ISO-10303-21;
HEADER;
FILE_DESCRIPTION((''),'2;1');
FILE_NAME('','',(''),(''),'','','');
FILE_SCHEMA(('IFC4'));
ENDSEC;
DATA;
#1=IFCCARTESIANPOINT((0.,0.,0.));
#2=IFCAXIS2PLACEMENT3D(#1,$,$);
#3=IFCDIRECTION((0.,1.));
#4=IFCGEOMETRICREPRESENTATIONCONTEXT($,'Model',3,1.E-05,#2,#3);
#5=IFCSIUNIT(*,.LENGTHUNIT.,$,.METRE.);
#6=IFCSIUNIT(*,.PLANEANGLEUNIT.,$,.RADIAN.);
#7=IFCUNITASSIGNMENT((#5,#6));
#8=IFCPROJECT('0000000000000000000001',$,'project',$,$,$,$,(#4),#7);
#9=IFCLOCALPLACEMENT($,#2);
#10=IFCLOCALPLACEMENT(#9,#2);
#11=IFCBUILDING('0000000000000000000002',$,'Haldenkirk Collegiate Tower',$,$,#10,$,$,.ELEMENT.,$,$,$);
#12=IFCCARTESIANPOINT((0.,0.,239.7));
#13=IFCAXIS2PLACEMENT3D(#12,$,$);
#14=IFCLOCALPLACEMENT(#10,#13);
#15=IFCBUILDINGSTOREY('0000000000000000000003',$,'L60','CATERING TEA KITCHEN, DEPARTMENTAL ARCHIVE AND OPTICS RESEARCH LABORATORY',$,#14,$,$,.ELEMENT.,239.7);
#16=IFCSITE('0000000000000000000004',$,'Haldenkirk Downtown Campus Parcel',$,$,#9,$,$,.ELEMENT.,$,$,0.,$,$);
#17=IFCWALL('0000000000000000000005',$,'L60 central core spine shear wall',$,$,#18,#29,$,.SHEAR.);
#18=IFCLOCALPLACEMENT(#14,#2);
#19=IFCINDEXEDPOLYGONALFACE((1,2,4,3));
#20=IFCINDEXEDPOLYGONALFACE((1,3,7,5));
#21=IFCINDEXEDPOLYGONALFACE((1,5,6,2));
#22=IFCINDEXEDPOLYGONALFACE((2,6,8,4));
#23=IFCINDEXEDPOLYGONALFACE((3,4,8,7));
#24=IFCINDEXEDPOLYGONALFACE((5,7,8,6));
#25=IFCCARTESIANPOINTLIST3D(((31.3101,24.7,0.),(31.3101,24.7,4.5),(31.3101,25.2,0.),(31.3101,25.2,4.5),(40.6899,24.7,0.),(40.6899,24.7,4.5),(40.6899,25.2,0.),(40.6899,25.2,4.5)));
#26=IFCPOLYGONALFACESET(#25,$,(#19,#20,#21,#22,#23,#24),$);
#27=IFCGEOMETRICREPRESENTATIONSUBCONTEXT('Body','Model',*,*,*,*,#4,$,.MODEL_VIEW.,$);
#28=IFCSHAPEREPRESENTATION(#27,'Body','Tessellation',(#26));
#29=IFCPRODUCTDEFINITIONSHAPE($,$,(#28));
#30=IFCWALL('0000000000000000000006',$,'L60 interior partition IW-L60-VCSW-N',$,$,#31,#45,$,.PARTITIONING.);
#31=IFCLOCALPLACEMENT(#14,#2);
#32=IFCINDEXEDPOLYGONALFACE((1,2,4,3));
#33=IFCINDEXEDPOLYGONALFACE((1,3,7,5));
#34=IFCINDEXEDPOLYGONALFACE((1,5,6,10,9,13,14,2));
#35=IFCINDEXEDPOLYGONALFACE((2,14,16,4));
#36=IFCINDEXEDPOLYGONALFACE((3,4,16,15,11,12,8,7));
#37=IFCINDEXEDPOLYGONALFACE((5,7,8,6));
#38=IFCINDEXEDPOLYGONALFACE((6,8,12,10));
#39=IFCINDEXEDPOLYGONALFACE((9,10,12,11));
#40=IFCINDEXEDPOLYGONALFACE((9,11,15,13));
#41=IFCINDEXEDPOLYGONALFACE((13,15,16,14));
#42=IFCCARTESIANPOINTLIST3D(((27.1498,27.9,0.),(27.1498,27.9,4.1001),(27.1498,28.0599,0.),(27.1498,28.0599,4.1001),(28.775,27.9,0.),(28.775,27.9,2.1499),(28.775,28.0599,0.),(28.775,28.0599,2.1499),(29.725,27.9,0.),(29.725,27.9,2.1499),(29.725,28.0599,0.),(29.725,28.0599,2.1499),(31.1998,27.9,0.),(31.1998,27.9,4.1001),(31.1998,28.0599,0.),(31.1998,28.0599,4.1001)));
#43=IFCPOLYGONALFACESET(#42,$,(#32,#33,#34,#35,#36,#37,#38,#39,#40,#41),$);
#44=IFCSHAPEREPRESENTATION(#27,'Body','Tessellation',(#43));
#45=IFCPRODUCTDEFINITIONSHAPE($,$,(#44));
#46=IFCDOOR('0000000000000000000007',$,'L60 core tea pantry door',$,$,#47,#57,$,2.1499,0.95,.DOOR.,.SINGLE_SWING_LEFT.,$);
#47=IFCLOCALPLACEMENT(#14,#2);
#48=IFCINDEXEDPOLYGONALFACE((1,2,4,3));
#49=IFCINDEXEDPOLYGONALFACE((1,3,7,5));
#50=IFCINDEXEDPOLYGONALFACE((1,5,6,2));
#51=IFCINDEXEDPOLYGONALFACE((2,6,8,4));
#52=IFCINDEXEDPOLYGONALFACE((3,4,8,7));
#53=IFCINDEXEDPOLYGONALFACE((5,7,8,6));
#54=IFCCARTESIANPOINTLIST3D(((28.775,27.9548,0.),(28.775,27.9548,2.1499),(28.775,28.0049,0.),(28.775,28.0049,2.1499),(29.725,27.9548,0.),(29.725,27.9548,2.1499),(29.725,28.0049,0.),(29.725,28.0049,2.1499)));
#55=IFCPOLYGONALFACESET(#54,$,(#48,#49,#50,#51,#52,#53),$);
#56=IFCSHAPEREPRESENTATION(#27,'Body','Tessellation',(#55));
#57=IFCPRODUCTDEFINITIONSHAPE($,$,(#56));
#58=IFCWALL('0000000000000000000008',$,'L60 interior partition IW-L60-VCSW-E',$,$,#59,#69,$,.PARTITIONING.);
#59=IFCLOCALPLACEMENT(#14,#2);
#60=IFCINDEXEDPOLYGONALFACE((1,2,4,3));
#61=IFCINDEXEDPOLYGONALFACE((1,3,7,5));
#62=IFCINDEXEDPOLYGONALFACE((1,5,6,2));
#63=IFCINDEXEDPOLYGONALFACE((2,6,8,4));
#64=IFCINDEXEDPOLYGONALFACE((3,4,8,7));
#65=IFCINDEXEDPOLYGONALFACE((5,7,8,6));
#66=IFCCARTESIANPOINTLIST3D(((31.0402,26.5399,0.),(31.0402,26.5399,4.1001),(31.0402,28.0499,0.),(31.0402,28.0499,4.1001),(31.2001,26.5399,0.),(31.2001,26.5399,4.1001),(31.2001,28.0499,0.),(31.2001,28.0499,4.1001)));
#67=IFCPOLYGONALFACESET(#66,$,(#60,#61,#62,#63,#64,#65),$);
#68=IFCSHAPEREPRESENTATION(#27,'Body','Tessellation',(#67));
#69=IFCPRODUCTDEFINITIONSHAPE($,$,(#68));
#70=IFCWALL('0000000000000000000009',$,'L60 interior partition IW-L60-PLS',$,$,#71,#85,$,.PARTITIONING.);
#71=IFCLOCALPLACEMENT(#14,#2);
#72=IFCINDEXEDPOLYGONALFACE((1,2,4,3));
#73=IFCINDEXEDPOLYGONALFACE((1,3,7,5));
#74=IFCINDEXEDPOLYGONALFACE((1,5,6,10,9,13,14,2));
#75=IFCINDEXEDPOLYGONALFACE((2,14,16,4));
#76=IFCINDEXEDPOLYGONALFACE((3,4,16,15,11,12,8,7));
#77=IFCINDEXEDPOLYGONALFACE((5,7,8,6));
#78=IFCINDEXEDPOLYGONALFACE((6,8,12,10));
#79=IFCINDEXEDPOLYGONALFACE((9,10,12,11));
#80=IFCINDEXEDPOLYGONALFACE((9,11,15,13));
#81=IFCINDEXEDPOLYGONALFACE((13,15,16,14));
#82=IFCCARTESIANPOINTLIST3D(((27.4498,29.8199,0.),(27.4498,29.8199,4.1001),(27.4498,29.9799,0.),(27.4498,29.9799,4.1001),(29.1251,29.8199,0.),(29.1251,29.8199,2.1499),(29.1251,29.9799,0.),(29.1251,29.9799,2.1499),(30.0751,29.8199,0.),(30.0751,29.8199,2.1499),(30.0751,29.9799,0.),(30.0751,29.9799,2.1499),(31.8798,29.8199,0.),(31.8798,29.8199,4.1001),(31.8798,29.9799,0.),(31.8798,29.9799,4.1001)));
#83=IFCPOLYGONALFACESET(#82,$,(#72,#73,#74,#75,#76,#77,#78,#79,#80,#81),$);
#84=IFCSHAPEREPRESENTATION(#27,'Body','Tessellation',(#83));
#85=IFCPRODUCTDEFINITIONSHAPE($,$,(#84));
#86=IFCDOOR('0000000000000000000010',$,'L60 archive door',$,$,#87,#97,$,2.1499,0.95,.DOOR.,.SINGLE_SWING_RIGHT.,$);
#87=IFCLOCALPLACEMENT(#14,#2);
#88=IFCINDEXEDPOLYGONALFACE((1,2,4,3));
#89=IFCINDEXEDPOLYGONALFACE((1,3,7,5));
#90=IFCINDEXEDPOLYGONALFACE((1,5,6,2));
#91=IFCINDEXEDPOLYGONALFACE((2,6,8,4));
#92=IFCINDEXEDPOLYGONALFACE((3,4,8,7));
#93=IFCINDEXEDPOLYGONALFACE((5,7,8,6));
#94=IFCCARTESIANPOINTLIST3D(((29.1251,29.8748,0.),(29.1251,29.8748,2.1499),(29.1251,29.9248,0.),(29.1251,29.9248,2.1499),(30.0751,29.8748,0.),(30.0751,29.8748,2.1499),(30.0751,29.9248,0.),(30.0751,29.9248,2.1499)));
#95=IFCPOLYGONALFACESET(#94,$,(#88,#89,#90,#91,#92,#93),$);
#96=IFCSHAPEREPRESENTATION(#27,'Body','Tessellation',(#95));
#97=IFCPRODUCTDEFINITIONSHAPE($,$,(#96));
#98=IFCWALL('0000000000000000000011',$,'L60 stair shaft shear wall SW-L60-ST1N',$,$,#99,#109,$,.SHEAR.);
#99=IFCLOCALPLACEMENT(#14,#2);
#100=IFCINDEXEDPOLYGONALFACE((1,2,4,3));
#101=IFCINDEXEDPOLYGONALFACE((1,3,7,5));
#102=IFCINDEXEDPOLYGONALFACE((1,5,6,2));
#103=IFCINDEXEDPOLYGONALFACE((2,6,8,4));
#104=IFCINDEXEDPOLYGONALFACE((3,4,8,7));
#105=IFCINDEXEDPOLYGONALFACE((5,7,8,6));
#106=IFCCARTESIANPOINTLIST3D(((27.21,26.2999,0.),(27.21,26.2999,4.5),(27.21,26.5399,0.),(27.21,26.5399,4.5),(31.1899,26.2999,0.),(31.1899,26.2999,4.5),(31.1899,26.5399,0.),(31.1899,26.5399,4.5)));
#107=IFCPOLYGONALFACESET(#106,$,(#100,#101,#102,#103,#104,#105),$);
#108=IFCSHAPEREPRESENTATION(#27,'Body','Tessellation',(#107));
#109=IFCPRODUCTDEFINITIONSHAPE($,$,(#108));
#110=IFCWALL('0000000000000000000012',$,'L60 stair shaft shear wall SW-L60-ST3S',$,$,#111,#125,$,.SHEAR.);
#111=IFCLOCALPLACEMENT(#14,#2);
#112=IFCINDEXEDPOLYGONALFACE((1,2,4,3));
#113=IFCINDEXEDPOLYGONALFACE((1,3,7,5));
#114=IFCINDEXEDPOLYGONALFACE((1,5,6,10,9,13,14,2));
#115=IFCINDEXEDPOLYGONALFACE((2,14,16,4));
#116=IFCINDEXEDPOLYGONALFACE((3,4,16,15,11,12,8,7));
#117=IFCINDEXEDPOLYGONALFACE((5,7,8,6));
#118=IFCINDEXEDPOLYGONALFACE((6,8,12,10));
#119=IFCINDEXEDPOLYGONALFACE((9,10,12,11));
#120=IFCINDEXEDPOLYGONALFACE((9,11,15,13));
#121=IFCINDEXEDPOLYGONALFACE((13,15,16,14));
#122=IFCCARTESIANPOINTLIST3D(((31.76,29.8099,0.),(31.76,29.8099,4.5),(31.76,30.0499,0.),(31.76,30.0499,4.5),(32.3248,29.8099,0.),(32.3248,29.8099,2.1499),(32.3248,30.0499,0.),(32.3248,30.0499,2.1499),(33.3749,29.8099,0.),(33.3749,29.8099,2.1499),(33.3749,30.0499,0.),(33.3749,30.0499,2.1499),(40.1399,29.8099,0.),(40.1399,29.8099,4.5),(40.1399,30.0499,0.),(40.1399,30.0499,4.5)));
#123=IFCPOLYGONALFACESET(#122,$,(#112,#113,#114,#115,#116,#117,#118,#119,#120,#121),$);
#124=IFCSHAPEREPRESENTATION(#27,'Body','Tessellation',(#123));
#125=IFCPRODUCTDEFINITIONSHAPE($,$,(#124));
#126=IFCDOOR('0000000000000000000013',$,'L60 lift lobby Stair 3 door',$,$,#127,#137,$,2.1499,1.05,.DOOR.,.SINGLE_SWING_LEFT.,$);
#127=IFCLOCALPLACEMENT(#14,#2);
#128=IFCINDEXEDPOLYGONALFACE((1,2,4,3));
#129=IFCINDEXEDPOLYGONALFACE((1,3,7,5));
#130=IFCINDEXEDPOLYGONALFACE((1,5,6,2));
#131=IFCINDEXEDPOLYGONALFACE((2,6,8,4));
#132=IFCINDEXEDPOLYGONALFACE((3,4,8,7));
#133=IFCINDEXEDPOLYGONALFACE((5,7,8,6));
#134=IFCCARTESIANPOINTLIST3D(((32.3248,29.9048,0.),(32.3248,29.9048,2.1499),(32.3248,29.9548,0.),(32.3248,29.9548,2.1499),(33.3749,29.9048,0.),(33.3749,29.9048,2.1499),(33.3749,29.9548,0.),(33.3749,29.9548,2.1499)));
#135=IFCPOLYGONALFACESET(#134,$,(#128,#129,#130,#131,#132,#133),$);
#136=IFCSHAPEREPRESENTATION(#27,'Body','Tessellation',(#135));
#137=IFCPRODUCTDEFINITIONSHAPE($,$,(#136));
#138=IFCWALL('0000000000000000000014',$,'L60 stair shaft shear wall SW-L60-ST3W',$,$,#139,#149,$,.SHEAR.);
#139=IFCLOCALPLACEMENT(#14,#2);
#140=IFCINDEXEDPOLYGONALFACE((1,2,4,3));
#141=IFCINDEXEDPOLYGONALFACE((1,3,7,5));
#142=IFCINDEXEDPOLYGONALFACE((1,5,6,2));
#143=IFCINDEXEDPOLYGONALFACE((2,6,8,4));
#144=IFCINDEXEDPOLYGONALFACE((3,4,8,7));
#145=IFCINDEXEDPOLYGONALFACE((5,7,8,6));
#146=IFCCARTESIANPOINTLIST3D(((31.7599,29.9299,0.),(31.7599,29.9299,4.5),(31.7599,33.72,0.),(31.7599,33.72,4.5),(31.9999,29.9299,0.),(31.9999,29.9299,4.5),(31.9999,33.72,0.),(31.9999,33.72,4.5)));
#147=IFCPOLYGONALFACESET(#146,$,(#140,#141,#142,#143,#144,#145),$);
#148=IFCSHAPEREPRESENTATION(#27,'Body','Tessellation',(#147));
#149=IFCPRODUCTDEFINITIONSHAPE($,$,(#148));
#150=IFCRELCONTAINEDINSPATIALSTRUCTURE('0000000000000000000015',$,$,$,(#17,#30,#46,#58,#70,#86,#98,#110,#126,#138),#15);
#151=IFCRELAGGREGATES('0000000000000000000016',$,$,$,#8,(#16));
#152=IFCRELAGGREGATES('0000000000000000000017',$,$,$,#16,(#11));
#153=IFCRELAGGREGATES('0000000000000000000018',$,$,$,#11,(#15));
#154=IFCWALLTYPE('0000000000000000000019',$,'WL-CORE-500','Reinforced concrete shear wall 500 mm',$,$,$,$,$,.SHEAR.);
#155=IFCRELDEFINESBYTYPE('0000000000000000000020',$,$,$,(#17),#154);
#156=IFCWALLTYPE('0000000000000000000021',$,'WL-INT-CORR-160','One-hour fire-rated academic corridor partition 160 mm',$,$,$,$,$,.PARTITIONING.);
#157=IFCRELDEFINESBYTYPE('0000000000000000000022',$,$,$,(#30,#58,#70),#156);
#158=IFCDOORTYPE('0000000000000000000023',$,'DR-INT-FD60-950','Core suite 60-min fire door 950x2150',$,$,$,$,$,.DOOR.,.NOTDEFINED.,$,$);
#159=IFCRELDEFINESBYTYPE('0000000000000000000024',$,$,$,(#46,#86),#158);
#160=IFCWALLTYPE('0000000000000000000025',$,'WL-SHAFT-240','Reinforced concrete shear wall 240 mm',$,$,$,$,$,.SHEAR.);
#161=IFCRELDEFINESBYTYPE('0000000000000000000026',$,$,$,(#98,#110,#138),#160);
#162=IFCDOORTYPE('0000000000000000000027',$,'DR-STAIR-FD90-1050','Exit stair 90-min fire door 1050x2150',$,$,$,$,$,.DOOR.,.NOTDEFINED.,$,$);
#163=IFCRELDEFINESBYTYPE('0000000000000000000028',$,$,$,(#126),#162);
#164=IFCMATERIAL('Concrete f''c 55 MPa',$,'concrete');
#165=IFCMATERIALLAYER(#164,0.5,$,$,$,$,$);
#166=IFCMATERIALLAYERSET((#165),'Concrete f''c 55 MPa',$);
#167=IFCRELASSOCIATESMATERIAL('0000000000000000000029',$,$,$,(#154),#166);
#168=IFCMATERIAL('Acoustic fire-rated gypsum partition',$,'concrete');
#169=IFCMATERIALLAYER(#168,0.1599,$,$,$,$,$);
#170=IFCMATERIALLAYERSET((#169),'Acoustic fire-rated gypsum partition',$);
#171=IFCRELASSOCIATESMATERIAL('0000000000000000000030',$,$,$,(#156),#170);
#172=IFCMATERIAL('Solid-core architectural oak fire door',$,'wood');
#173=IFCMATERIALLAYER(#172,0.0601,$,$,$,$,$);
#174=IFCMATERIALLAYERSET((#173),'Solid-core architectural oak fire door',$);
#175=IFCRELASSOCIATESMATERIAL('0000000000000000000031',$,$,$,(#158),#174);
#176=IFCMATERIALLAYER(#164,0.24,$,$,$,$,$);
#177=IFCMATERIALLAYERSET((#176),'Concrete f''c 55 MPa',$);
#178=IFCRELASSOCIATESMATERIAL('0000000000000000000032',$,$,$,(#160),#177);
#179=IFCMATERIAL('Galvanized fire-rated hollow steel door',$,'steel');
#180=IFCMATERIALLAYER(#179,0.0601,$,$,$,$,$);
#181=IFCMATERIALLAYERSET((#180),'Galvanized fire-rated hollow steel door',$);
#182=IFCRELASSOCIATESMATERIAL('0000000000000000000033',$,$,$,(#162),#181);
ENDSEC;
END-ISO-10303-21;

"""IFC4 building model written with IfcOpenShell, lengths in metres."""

from ifc_helpers import new_model, si_unit, direction, frame, frame_2d, origin, place, context, subcontext, project, spatial, rectangle, extrude, material, layer, layer_set, type_object, element, fill, save


model = new_model("IFC4")

# Units and contexts
model_context = context("Model", 3, precision=1e-05, world=origin(), true_north=direction((0.0, 1.0)))
body_context = subcontext(model_context, "Body", "Model", "MODEL_VIEW")
ifc_project = project(units=[si_unit("LENGTHUNIT", "METRE"), si_unit("PLANEANGLEUNIT", "RADIAN")], contexts=[model_context])

# Site, building, storey
site_placement = place(None, origin())
site = spatial("IfcSite", under=ifc_project, at=site_placement, Name="Haldenkirk Downtown Campus Parcel", CompositionType="ELEMENT", RefElevation=0.0)
building_placement = place(site_placement, origin())
building = spatial("IfcBuilding", under=site, at=building_placement, Name="Haldenkirk Collegiate Tower", CompositionType="ELEMENT")
storey_placement = place(building_placement, frame((0.0, 0.0, 239.7)))
storey = spatial("IfcBuildingStorey", under=building, at=storey_placement, Name="L60", Description="CATERING TEA KITCHEN, DEPARTMENTAL ARCHIVE AND OPTICS RESEARCH LABORATORY", CompositionType="ELEMENT", Elevation=239.7)

# Wall
ifc_material_1 = material(Name="Concrete f'c 55 MPa", Category="concrete")
ifc_layer_1 = layer(ifc_material_1, 0.5)
ifc_layer_set_1 = layer_set([ifc_layer_1], Name="Concrete f'c 55 MPa")
wall_type_1 = type_object("IfcWallType", Name="WL-CORE-500", Description="Reinforced concrete shear wall 500 mm", PredefinedType="SHEAR", material=ifc_layer_set_1)
wall_1_placement = place(storey_placement, frame((31.3101, 24.95, 0.0), z_axis=(0.0, 0.0, 1.0), x_axis=(1.0, 0.0, 0.0)))
element("IfcWall", 1, at=wall_1_placement, inside=storey, type_object=wall_type_1, Name="L60 central core spine shear wall", PredefinedType="SHEAR", context=body_context, shape_type="SweptSolid", body=[
    extrude(rectangle(XDim=9.3799, YDim=0.5, at=frame_2d((4.6899, 0.0))), origin(), (0.0, 0.0, 1.0), 4.5),
])

# Wall, opening, door
ifc_material_2 = material(Name="Acoustic fire-rated gypsum partition", Category="concrete")
ifc_layer_2 = layer(ifc_material_2, 0.1599)
ifc_layer_set_2 = layer_set([ifc_layer_2], Name="Acoustic fire-rated gypsum partition")
wall_type_2 = type_object("IfcWallType", Name="WL-INT-CORR-160", Description="One-hour fire-rated academic corridor partition 160 mm", PredefinedType="PARTITIONING", material=ifc_layer_set_2)
wall_2_placement = place(storey_placement, frame((27.1499, 27.98, 0.0), z_axis=(0.0, 0.0, 1.0), x_axis=(1.0, 0.0, 0.0)))
wall_2 = element("IfcWall", 2, at=wall_2_placement, inside=storey, type_object=wall_type_2, Name="L60 interior partition IW-L60-VCSW-N", PredefinedType="PARTITIONING", context=body_context, shape_type="SweptSolid", body=[
    extrude(rectangle(XDim=4.05, YDim=0.1599, at=frame_2d((2.0249, 0.0))), origin(), (0.0, 0.0, 1.0), 4.1001),
])
opening_1_placement = place(wall_2_placement, frame((1.625, 0.0, 0.0)))
opening_1 = element("IfcOpeningElement", 3, at=opening_1_placement, cuts=wall_2, PredefinedType="OPENING", context=body_context, shape_type="SweptSolid", body=[
    extrude(rectangle(XDim=0.95, YDim=2.1499, at=frame_2d((0.4751, 1.075))), frame((0.0, 0.0898, 0.0), z_axis=(0.0, -1.0, 0.0), x_axis=(1.0, 0.0, 0.0)), (0.0, 0.0, 1.0), 0.1799),
])
ifc_material_3 = material(Name="Solid-core architectural oak fire door", Category="wood")
ifc_layer_3 = layer(ifc_material_3, 0.0601)
ifc_layer_set_3 = layer_set([ifc_layer_3], Name="Solid-core architectural oak fire door")
door_type_1 = type_object("IfcDoorType", Name="DR-INT-FD60-950", Description="Core suite 60-min fire door 950x2150", OperationType="NOTDEFINED", PredefinedType="DOOR", material=ifc_layer_set_3)
door_1_placement = place(opening_1_placement, origin())
door_1 = element("IfcDoor", 4, at=door_1_placement, inside=storey, type_object=door_type_1, Name="L60 core tea pantry door", OperationType="SINGLE_SWING_LEFT", OverallHeight=2.1499, OverallWidth=0.95, PredefinedType="DOOR", context=body_context, shape_type="SweptSolid", body=[
    extrude(rectangle(XDim=0.95, YDim=2.1499, at=frame_2d((0.4751, 1.075))), frame((0.0, 0.0249, 0.0), z_axis=(0.0, -1.0, 0.0), x_axis=(1.0, 0.0, 0.0)), (0.0, 0.0, 1.0), 0.05),
])
fill(opening_1, door_1)

# Wall
wall_3_placement = place(storey_placement, frame((31.1201, 26.54, 0.0), z_axis=(0.0, 0.0, 1.0), x_axis=(0.0, 1.0, 0.0)))
element("IfcWall", 5, at=wall_3_placement, inside=storey, type_object=wall_type_2, Name="L60 interior partition IW-L60-VCSW-E", PredefinedType="PARTITIONING", context=body_context, shape_type="SweptSolid", body=[
    extrude(rectangle(XDim=1.51, YDim=0.1599, at=frame_2d((0.7549, 0.0))), origin(), (0.0, 0.0, 1.0), 4.1001),
])

# Wall, opening, door
wall_4_placement = place(storey_placement, frame((27.45, 29.8999, 0.0), z_axis=(0.0, 0.0, 1.0), x_axis=(1.0, 0.0, 0.0)))
wall_4 = element("IfcWall", 6, at=wall_4_placement, inside=storey, type_object=wall_type_2, Name="L60 interior partition IW-L60-PLS", PredefinedType="PARTITIONING", context=body_context, shape_type="SweptSolid", body=[
    extrude(rectangle(XDim=4.4299, YDim=0.1599, at=frame_2d((2.2148, 0.0))), origin(), (0.0, 0.0, 1.0), 4.1001),
])
opening_2_placement = place(wall_4_placement, frame((1.675, 0.0, 0.0)))
opening_2 = element("IfcOpeningElement", 7, at=opening_2_placement, cuts=wall_4, PredefinedType="OPENING", context=body_context, shape_type="SweptSolid", body=[
    extrude(rectangle(XDim=0.95, YDim=2.1499, at=frame_2d((0.4751, 1.075))), frame((0.0, 0.0898, 0.0), z_axis=(0.0, -1.0, 0.0), x_axis=(1.0, 0.0, 0.0)), (0.0, 0.0, 1.0), 0.1799),
])
door_2_placement = place(opening_2_placement, origin())
door_2 = element("IfcDoor", 8, at=door_2_placement, inside=storey, type_object=door_type_1, Name="L60 archive door", OperationType="SINGLE_SWING_RIGHT", OverallHeight=2.1499, OverallWidth=0.95, PredefinedType="DOOR", context=body_context, shape_type="SweptSolid", body=[
    extrude(rectangle(XDim=0.95, YDim=2.1499, at=frame_2d((0.4751, 1.075))), frame((0.0, 0.0249, 0.0), z_axis=(0.0, -1.0, 0.0), x_axis=(1.0, 0.0, 0.0)), (0.0, 0.0, 1.0), 0.05),
])
fill(opening_2, door_2)

# Shared definitions
ifc_material_4 = material(Name="Galvanized fire-rated hollow steel door", Category="steel")

# Wall
ifc_layer_4 = layer(ifc_material_1, 0.24)
ifc_layer_set_4 = layer_set([ifc_layer_4], Name="Concrete f'c 55 MPa")
wall_type_3 = type_object("IfcWallType", Name="WL-SHAFT-240", Description="Reinforced concrete shear wall 240 mm", PredefinedType="SHEAR", material=ifc_layer_set_4)
wall_5_placement = place(storey_placement, frame((27.21, 26.4199, 0.0), z_axis=(0.0, 0.0, 1.0), x_axis=(1.0, 0.0, 0.0)))
element("IfcWall", 9, at=wall_5_placement, inside=storey, type_object=wall_type_3, Name="L60 stair shaft shear wall SW-L60-ST1N", PredefinedType="SHEAR", context=body_context, shape_type="SweptSolid", body=[
    extrude(rectangle(XDim=3.98, YDim=0.24, at=frame_2d((1.99, 0.0))), origin(), (0.0, 0.0, 1.0), 4.5),
])

# Wall, opening, door
wall_6_placement = place(storey_placement, frame((31.76, 29.9299, 0.0), z_axis=(0.0, 0.0, 1.0), x_axis=(1.0, 0.0, 0.0)))
wall_6 = element("IfcWall", 10, at=wall_6_placement, inside=storey, type_object=wall_type_3, Name="L60 stair shaft shear wall SW-L60-ST3S", PredefinedType="SHEAR", context=body_context, shape_type="SweptSolid", body=[
    extrude(rectangle(XDim=8.3799, YDim=0.24, at=frame_2d((4.1899, 0.0))), origin(), (0.0, 0.0, 1.0), 4.5),
])
opening_3_placement = place(wall_6_placement, frame((0.5649, 0.0, 0.0)))
opening_3 = element("IfcOpeningElement", 11, at=opening_3_placement, cuts=wall_6, PredefinedType="OPENING", context=body_context, shape_type="SweptSolid", body=[
    extrude(rectangle(XDim=1.05, YDim=2.1499, at=frame_2d((0.5249, 1.075))), frame((0.0, 0.1299, 0.0), z_axis=(0.0, -1.0, 0.0), x_axis=(1.0, 0.0, 0.0)), (0.0, 0.0, 1.0), 0.26),
])
ifc_layer_5 = layer(ifc_material_4, 0.0601)
ifc_layer_set_5 = layer_set([ifc_layer_5], Name="Galvanized fire-rated hollow steel door")
door_type_2 = type_object("IfcDoorType", Name="DR-STAIR-FD90-1050", Description="Exit stair 90-min fire door 1050x2150", OperationType="NOTDEFINED", PredefinedType="DOOR", material=ifc_layer_set_5)
door_3_placement = place(opening_3_placement, origin())
door_3 = element("IfcDoor", 12, at=door_3_placement, inside=storey, type_object=door_type_2, Name="L60 lift lobby Stair 3 door", OperationType="SINGLE_SWING_LEFT", OverallHeight=2.1499, OverallWidth=1.05, PredefinedType="DOOR", context=body_context, shape_type="SweptSolid", body=[
    extrude(rectangle(XDim=1.05, YDim=2.1499, at=frame_2d((0.5249, 1.075))), frame((0.0, 0.0249, 0.0), z_axis=(0.0, -1.0, 0.0), x_axis=(1.0, 0.0, 0.0)), (0.0, 0.0, 1.0), 0.05),
])
fill(opening_3, door_3)

# Wall
wall_7_placement = place(storey_placement, frame((31.8799, 29.9299, 0.0), z_axis=(0.0, 0.0, 1.0), x_axis=(0.0, 1.0, 0.0)))
element("IfcWall", 13, at=wall_7_placement, inside=storey, type_object=wall_type_3, Name="L60 stair shaft shear wall SW-L60-ST3W", PredefinedType="SHEAR", context=body_context, shape_type="SweptSolid", body=[
    extrude(rectangle(XDim=3.79, YDim=0.24, at=frame_2d((1.895, 0.0))), origin(), (0.0, 0.0, 1.0), 4.5),
])

save(model, "model.ifc")
